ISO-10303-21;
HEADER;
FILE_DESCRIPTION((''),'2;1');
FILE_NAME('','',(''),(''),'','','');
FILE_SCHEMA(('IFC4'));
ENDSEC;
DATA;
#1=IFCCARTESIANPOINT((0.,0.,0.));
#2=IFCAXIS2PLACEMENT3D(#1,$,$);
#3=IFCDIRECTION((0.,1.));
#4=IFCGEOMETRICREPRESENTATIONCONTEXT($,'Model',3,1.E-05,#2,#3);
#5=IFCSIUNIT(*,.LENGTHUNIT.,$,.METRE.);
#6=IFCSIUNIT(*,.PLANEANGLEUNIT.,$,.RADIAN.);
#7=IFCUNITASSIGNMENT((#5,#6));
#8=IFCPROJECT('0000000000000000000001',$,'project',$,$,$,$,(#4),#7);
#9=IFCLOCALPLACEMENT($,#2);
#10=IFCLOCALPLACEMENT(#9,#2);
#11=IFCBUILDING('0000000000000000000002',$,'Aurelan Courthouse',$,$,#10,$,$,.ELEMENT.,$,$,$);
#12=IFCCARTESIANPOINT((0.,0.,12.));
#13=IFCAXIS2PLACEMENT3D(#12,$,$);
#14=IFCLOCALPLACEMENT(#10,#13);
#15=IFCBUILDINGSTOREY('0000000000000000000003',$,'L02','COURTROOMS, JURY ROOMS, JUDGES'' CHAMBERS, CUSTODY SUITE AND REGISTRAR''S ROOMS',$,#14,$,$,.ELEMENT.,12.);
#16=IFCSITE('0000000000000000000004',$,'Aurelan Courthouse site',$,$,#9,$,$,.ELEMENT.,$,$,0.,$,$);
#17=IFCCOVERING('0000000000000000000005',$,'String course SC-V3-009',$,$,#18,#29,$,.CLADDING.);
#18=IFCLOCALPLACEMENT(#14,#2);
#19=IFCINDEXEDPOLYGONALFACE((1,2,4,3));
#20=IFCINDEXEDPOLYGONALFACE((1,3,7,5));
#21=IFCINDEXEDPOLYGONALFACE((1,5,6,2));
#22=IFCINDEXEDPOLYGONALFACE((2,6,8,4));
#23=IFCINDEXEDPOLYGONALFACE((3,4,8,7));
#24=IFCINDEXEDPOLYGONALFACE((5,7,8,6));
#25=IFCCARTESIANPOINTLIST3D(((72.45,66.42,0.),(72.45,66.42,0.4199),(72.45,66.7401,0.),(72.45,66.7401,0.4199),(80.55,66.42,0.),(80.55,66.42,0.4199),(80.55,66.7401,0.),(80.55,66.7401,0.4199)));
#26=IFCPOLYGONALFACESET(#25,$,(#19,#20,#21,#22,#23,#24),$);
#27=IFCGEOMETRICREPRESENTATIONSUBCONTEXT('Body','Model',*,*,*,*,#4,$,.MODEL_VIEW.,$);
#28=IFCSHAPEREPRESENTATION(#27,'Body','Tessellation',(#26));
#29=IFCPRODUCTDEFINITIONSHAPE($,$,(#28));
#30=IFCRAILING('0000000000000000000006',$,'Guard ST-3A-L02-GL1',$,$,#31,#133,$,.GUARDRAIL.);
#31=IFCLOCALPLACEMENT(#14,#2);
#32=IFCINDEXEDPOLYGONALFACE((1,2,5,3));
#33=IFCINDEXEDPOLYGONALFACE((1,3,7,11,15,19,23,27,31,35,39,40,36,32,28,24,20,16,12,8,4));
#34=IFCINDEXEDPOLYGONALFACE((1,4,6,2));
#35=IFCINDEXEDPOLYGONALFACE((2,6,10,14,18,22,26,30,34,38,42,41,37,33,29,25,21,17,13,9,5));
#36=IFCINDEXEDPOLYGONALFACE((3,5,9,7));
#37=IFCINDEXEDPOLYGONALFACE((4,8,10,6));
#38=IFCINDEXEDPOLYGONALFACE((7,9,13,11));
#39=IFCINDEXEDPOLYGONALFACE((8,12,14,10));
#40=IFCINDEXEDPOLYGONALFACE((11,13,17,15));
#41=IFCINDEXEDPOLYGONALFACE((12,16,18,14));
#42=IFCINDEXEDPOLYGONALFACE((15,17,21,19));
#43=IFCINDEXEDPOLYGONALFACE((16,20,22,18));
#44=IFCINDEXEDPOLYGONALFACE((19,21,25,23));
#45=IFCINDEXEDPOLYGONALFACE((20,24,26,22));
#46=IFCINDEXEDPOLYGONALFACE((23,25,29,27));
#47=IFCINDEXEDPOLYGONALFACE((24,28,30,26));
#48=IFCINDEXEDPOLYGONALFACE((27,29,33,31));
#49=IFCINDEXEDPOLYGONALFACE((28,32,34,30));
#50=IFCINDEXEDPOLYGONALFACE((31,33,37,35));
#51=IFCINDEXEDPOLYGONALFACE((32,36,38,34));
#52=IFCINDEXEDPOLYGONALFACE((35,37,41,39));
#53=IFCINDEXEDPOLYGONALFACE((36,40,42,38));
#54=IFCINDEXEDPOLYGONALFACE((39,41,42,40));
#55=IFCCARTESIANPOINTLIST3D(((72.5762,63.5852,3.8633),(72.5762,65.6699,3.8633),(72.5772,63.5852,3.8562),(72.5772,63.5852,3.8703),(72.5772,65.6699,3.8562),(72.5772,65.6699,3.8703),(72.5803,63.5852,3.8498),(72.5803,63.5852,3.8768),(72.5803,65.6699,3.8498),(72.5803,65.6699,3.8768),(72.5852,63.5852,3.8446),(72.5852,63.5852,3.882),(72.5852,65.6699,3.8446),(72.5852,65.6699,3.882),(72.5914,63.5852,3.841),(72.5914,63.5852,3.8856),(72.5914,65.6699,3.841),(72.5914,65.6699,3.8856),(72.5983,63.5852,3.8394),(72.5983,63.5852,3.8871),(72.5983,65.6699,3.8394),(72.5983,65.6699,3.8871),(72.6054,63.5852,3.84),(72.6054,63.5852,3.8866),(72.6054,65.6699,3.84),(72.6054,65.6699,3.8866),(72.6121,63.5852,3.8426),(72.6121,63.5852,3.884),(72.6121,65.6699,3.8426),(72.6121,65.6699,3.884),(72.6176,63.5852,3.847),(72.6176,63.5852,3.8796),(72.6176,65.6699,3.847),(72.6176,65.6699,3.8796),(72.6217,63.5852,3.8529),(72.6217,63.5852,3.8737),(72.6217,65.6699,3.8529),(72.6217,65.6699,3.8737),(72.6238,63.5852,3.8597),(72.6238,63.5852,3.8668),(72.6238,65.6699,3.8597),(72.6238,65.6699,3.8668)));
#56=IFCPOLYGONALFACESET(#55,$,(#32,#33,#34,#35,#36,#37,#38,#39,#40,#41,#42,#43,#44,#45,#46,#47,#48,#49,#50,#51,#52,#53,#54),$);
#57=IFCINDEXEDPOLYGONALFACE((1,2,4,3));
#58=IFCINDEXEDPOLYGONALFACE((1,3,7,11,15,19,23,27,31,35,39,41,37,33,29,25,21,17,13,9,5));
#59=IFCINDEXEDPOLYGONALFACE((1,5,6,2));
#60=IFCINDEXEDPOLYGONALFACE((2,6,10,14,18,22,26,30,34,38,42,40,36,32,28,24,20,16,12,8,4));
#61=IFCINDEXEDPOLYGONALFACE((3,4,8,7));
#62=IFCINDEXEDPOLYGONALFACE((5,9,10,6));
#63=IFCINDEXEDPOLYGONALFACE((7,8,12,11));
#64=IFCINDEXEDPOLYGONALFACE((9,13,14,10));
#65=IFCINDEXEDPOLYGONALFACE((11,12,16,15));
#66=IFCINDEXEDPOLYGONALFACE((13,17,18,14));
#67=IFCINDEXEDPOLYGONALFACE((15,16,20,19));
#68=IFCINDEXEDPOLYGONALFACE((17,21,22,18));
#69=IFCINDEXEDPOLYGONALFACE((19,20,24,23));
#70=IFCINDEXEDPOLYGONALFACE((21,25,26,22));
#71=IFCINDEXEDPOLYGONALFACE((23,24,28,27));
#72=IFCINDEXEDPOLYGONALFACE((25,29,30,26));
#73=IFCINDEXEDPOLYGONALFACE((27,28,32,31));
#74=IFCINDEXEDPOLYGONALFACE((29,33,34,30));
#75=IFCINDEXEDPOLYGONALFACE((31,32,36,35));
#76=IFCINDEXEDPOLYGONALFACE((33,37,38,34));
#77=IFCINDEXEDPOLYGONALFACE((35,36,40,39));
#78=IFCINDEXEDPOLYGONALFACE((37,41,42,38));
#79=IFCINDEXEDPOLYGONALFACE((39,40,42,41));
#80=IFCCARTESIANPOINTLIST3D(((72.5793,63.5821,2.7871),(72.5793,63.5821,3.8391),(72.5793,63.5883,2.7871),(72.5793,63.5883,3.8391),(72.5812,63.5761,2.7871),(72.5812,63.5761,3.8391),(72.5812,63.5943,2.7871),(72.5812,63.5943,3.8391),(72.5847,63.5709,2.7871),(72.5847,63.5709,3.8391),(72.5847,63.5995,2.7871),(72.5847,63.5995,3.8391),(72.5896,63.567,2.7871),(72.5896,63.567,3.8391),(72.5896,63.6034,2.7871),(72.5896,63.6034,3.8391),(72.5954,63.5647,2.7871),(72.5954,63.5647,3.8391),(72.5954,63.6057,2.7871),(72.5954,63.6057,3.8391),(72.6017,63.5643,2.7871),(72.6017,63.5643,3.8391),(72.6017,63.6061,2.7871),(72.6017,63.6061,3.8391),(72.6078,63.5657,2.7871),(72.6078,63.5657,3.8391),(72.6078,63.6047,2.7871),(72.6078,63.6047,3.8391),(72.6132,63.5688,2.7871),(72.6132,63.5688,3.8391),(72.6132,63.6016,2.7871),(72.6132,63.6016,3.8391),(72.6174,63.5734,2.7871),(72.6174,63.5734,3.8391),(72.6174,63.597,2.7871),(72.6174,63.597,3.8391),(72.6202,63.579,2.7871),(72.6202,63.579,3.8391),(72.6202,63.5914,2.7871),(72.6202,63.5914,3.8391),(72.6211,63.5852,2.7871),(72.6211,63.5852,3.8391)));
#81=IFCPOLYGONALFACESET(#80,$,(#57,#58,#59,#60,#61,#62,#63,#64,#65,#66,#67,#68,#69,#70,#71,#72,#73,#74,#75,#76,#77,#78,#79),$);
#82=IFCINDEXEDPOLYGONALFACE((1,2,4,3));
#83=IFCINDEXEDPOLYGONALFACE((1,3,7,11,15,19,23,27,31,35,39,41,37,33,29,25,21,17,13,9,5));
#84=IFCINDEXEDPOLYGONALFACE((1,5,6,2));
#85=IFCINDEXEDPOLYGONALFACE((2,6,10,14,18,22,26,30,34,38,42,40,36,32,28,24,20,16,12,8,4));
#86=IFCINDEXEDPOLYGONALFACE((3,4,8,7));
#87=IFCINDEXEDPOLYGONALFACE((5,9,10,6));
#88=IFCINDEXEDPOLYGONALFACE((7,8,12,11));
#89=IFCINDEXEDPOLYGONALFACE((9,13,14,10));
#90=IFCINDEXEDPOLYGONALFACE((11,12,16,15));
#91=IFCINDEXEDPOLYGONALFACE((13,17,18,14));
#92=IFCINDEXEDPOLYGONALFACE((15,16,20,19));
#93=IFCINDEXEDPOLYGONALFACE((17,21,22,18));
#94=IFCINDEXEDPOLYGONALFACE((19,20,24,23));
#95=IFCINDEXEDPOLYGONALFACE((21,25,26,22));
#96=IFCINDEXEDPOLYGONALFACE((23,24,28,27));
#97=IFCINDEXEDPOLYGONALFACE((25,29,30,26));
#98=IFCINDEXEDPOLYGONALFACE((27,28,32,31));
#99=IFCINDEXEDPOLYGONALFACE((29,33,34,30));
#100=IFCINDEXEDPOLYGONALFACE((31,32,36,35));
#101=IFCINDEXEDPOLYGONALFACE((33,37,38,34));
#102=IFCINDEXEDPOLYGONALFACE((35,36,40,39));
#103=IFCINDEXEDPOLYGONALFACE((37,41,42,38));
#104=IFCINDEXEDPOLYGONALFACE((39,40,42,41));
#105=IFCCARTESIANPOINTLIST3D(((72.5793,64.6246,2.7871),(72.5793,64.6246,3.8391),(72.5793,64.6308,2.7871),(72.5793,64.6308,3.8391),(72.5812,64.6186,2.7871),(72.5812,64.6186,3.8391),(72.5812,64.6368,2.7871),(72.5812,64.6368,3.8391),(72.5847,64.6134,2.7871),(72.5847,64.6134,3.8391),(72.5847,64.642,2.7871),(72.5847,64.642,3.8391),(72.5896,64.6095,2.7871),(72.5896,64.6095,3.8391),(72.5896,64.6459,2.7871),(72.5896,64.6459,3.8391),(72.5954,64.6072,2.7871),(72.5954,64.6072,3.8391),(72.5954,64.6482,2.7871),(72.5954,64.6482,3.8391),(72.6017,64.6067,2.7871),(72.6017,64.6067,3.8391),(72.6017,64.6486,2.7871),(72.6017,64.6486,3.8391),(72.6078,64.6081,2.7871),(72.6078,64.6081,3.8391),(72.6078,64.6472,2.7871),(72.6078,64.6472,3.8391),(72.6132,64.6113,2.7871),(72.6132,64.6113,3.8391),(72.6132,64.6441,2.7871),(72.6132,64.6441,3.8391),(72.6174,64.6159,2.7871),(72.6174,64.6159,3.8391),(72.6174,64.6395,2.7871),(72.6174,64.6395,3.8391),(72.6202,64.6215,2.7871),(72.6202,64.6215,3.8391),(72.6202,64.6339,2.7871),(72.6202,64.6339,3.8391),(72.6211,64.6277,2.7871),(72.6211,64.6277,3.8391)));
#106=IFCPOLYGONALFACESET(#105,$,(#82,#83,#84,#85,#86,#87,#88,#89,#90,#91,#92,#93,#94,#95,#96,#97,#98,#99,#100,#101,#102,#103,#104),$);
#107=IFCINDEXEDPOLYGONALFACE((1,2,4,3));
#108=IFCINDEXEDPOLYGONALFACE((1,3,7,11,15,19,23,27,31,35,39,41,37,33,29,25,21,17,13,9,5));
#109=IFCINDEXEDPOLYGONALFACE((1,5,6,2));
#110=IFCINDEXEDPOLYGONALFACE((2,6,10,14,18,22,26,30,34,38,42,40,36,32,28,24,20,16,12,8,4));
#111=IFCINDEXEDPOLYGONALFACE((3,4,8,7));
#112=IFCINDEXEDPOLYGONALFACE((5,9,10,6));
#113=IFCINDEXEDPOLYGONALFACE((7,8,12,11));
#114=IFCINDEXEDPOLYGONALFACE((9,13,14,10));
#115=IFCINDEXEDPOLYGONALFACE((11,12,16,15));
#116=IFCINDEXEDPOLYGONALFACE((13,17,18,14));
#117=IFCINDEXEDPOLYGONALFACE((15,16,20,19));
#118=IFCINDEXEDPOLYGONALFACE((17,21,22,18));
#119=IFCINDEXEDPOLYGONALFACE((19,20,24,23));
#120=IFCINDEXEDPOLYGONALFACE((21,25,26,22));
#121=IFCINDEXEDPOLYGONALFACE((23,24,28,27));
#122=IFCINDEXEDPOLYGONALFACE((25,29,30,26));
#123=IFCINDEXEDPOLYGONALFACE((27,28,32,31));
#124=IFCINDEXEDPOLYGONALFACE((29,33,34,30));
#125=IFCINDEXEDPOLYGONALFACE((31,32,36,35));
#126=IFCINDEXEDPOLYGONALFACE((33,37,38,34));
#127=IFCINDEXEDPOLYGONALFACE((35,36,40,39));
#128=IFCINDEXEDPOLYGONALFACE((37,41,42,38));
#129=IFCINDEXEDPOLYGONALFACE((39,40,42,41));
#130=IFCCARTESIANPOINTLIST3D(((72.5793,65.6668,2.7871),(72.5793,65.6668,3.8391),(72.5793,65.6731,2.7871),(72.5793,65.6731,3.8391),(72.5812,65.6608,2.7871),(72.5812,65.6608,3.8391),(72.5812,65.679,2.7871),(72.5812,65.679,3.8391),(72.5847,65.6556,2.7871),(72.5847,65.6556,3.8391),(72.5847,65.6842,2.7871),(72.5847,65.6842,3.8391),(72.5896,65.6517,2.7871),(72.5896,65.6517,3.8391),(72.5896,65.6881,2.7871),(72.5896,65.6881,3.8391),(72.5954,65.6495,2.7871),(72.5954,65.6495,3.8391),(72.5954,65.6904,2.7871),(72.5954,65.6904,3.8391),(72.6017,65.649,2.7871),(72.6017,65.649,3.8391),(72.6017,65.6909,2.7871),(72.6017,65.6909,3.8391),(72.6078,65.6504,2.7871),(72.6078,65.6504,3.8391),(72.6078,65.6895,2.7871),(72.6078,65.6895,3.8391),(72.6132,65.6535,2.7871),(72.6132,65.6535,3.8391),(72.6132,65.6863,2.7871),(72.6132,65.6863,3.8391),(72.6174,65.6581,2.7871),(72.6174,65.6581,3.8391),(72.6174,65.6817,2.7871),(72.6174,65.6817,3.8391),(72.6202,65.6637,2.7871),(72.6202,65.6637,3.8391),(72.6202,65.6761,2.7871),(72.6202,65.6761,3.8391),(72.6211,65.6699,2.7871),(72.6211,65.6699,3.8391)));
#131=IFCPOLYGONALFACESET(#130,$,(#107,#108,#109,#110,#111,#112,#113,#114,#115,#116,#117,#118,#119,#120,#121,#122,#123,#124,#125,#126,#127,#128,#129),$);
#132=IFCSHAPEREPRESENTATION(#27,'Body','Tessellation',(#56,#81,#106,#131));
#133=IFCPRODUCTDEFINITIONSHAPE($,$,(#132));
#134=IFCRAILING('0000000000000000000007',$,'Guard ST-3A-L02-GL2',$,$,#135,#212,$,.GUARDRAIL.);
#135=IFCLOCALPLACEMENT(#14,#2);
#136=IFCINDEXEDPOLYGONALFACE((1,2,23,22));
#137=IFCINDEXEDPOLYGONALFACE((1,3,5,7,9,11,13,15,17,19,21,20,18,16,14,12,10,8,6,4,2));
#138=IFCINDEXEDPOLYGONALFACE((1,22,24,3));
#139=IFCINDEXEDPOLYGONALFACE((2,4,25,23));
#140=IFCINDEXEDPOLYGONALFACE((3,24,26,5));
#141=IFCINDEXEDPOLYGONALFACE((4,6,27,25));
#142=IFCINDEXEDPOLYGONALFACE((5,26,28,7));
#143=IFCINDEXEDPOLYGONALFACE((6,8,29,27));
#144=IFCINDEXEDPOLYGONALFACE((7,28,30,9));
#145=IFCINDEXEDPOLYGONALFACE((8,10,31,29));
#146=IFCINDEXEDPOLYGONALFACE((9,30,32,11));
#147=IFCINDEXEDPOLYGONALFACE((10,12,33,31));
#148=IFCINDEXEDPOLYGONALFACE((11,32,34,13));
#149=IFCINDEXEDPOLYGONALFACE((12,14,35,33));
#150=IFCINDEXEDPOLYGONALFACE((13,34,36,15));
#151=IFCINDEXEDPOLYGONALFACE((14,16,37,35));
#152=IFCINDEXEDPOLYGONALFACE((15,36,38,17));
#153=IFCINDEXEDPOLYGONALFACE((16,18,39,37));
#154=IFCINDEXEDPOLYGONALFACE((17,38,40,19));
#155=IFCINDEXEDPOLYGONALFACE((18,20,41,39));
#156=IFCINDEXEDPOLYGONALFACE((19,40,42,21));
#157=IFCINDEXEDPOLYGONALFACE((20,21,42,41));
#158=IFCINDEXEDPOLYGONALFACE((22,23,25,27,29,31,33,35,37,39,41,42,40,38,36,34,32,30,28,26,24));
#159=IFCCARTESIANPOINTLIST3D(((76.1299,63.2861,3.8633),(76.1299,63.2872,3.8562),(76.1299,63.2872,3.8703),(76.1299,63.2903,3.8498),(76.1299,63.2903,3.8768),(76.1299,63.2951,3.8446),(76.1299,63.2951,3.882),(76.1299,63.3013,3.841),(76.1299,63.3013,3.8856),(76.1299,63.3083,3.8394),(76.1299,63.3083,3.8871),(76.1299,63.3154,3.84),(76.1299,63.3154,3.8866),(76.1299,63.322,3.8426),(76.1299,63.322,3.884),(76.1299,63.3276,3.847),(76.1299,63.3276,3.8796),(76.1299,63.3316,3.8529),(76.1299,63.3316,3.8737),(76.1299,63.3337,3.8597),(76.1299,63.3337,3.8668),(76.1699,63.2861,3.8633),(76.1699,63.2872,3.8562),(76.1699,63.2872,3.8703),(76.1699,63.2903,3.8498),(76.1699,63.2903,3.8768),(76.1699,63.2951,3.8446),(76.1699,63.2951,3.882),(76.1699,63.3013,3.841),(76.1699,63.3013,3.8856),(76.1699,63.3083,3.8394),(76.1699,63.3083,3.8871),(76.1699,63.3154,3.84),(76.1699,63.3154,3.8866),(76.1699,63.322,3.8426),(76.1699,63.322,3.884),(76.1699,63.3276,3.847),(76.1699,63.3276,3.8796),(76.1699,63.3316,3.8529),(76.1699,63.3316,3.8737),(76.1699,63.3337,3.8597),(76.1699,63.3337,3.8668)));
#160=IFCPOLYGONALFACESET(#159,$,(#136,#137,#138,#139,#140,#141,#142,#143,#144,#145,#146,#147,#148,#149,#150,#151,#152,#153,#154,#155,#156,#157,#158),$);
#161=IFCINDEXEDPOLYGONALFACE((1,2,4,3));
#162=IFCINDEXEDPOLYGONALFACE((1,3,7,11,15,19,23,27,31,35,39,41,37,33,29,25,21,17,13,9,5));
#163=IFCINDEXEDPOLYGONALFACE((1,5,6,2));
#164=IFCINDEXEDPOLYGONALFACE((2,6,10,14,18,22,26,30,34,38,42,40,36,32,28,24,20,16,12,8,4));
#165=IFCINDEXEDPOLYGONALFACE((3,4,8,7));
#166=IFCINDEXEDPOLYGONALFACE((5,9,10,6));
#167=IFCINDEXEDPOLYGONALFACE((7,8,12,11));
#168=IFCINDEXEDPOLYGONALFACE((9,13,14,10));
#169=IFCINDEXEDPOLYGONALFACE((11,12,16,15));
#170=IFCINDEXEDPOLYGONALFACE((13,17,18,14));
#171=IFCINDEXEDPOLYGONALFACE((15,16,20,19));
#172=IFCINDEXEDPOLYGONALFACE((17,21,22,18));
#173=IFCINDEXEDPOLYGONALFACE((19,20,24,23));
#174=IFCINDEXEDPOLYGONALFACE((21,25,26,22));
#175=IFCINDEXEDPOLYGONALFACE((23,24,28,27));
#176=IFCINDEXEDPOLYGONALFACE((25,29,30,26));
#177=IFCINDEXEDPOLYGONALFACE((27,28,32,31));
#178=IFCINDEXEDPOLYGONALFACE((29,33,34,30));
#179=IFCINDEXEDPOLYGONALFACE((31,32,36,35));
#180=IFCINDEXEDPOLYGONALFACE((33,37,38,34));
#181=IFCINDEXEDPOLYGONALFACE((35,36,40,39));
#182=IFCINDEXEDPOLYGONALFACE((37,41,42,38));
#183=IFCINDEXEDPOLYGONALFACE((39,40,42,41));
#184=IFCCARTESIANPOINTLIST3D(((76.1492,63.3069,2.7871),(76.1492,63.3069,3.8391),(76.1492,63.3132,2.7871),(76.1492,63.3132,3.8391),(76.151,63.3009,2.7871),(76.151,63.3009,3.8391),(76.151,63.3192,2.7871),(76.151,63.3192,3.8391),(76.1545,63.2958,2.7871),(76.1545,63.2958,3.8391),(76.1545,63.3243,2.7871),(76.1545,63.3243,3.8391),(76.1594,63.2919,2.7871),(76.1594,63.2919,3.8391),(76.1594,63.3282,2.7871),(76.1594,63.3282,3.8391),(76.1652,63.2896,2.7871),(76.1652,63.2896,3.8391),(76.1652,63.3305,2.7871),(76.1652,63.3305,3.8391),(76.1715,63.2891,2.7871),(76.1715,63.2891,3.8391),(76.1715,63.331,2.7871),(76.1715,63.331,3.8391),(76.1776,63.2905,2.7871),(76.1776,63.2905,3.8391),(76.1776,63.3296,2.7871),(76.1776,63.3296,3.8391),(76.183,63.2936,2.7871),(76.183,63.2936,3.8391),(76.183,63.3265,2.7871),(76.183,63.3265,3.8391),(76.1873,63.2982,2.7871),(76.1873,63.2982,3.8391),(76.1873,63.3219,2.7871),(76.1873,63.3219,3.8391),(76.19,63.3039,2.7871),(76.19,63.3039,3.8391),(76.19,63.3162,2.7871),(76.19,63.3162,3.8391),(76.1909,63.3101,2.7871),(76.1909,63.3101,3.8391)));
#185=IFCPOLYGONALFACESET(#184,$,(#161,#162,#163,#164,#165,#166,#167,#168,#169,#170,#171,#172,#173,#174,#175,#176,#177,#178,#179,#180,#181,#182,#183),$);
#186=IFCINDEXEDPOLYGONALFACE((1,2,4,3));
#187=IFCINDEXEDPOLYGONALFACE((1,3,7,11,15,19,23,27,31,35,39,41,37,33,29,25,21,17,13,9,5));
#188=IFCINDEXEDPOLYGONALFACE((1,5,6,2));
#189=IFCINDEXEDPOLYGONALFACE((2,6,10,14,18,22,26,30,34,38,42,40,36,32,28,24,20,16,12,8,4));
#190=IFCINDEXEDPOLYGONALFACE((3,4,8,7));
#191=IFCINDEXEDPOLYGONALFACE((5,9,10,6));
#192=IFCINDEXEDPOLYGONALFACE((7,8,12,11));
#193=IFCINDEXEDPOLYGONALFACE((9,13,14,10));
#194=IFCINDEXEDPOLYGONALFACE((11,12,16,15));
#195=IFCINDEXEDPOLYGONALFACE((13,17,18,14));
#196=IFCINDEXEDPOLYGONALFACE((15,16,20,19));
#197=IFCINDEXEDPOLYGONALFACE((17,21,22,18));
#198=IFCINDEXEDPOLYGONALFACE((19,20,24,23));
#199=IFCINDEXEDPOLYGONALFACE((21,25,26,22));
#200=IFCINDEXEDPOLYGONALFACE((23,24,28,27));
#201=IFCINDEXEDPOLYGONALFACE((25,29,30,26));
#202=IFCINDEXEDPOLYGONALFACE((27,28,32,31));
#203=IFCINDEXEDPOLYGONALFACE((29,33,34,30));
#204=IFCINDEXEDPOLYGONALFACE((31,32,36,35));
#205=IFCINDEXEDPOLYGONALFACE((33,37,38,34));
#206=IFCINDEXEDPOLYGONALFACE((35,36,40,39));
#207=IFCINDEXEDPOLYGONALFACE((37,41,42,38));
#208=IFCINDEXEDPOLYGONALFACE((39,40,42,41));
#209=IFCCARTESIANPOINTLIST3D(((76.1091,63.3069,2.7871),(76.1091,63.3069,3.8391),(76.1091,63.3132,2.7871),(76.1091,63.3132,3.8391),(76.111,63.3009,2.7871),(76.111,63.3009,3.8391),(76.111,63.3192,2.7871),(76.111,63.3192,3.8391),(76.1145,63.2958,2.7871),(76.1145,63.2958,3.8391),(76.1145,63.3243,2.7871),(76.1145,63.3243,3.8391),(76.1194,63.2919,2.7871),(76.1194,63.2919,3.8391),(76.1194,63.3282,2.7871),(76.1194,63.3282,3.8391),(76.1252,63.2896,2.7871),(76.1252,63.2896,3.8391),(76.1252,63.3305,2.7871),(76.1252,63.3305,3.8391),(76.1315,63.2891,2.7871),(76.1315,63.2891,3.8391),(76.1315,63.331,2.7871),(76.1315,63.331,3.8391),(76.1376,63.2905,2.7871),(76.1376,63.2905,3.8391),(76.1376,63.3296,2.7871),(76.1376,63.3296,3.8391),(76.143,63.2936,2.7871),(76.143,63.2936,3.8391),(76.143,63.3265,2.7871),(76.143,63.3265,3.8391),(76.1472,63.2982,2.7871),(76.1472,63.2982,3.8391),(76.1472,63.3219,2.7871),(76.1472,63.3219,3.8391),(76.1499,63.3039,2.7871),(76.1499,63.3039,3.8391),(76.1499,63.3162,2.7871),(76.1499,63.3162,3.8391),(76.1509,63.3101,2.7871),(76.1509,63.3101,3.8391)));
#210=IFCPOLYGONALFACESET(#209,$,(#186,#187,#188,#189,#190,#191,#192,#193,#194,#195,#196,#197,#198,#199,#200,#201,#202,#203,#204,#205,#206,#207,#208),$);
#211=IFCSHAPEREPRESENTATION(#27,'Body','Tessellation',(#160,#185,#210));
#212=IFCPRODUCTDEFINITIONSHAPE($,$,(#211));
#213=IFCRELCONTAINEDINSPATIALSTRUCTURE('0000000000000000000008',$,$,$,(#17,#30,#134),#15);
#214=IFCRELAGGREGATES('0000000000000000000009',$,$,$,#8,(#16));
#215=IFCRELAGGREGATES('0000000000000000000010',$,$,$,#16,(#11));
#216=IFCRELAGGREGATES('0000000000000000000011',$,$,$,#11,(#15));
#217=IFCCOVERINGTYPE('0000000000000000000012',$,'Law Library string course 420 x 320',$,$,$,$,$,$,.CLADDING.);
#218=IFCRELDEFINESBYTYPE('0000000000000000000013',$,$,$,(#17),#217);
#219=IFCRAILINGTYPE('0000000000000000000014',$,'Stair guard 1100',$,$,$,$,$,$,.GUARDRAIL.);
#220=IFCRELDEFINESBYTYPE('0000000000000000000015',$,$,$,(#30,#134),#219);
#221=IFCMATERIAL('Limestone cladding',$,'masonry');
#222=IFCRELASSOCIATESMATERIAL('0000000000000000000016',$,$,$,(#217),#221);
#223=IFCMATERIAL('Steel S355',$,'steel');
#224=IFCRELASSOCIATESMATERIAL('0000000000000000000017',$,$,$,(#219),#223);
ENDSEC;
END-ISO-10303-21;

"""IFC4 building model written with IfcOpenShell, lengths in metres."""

from ifc_helpers import new_model, si_unit, direction, frame, origin, origin_2d, place, context, subcontext, project, spatial, rectangle, circle, extrude, material, type_object, element, save


model = new_model("IFC4")

# Units and contexts
model_context = context("Model", 3, precision=1e-05, world=origin(), true_north=direction((0.0, 1.0)))
body_context = subcontext(model_context, "Body", "Model", "MODEL_VIEW")
ifc_project = project(units=[si_unit("LENGTHUNIT", "METRE"), si_unit("PLANEANGLEUNIT", "RADIAN")], contexts=[model_context])

# Site, building, storey
site_placement = place(None, origin())
site = spatial("IfcSite", under=ifc_project, at=site_placement, Name="Aurelan Courthouse site", CompositionType="ELEMENT", RefElevation=0.0)
building_placement = place(site_placement, origin())
building = spatial("IfcBuilding", under=site, at=building_placement, Name="Aurelan Courthouse", CompositionType="ELEMENT")
storey_placement = place(building_placement, frame((0.0, 0.0, 12.0)))
storey = spatial("IfcBuildingStorey", under=building, at=storey_placement, Name="L02", Description="COURTROOMS, JURY ROOMS, JUDGES' CHAMBERS, CUSTODY SUITE AND REGISTRAR'S ROOMS", CompositionType="ELEMENT", Elevation=12.0)

# Shared definitions
ifc_material_1 = material(Name="Limestone cladding", Category="masonry")

# Covering
covering_type_1 = type_object("IfcCoveringType", Name="Law Library string course 420 x 320", PredefinedType="CLADDING", material=ifc_material_1)
covering_placement = place(storey_placement, frame((76.5, 66.5801, 0.0), z_axis=(0.0, 0.0, 1.0), x_axis=(1.0, 0.0, 0.0)))
element("IfcCovering", 1, at=covering_placement, inside=storey, type_object=covering_type_1, Name="String course SC-V3-009", PredefinedType="CLADDING", context=body_context, shape_type="SweptSolid", body=[
    extrude(rectangle(XDim=8.1001, YDim=0.3201, at=origin_2d()), origin(), (0.0, 0.0, 1.0), 0.4199),
])

# Railings
ifc_material_2 = material(Name="Steel S355", Category="steel")
railing_type_1 = type_object("IfcRailingType", Name="Stair guard 1100", PredefinedType="GUARDRAIL", material=ifc_material_2)
railing_1_placement = place(storey_placement, frame((72.6001, 63.5852, 2.7871)))
element("IfcRailing", 2, at=railing_1_placement, inside=storey, type_object=railing_type_1, Name="Guard ST-3A-L02-GL1", PredefinedType="GUARDRAIL", context=body_context, shape_type="SweptSolid", body=[
    extrude(circle(Radius=0.0239, at=origin_2d()), frame((0.0, 0.0, 1.0762), z_axis=(0.0, 1.0, 0.0), x_axis=(-1.0, 0.0, 0.0)), (0.0, 0.0, 1.0), 2.0847),
    extrude(circle(Radius=0.021, at=origin_2d()), origin(), (0.0, 0.0, 1.0), 1.052),
    extrude(circle(Radius=0.021, at=origin_2d()), frame((0.0, 1.0425, 0.0)), (0.0, 0.0, 1.0), 1.052),
    extrude(circle(Radius=0.021, at=origin_2d()), frame((0.0, 2.0847, 0.0)), (0.0, 0.0, 1.0), 1.052),
])
railing_2_placement = place(storey_placement, frame((76.1699, 63.3101, 2.7871)))
element("IfcRailing", 3, at=railing_2_placement, inside=storey, type_object=railing_type_1, Name="Guard ST-3A-L02-GL2", PredefinedType="GUARDRAIL", context=body_context, shape_type="SweptSolid", body=[
    extrude(circle(Radius=0.0239, at=origin_2d()), frame((0.0, 0.0, 1.0762), z_axis=(-1.0, 0.0, 0.0), x_axis=(0.0, -1.0, 0.0)), (0.0, 0.0, 1.0), 0.04),
    extrude(circle(Radius=0.021, at=origin_2d()), origin(), (0.0, 0.0, 1.0), 1.052),
    extrude(circle(Radius=0.021, at=origin_2d()), frame((-0.04, 0.0, 0.0)), (0.0, 0.0, 1.0), 1.052),
])

save(model, "model.ifc")
